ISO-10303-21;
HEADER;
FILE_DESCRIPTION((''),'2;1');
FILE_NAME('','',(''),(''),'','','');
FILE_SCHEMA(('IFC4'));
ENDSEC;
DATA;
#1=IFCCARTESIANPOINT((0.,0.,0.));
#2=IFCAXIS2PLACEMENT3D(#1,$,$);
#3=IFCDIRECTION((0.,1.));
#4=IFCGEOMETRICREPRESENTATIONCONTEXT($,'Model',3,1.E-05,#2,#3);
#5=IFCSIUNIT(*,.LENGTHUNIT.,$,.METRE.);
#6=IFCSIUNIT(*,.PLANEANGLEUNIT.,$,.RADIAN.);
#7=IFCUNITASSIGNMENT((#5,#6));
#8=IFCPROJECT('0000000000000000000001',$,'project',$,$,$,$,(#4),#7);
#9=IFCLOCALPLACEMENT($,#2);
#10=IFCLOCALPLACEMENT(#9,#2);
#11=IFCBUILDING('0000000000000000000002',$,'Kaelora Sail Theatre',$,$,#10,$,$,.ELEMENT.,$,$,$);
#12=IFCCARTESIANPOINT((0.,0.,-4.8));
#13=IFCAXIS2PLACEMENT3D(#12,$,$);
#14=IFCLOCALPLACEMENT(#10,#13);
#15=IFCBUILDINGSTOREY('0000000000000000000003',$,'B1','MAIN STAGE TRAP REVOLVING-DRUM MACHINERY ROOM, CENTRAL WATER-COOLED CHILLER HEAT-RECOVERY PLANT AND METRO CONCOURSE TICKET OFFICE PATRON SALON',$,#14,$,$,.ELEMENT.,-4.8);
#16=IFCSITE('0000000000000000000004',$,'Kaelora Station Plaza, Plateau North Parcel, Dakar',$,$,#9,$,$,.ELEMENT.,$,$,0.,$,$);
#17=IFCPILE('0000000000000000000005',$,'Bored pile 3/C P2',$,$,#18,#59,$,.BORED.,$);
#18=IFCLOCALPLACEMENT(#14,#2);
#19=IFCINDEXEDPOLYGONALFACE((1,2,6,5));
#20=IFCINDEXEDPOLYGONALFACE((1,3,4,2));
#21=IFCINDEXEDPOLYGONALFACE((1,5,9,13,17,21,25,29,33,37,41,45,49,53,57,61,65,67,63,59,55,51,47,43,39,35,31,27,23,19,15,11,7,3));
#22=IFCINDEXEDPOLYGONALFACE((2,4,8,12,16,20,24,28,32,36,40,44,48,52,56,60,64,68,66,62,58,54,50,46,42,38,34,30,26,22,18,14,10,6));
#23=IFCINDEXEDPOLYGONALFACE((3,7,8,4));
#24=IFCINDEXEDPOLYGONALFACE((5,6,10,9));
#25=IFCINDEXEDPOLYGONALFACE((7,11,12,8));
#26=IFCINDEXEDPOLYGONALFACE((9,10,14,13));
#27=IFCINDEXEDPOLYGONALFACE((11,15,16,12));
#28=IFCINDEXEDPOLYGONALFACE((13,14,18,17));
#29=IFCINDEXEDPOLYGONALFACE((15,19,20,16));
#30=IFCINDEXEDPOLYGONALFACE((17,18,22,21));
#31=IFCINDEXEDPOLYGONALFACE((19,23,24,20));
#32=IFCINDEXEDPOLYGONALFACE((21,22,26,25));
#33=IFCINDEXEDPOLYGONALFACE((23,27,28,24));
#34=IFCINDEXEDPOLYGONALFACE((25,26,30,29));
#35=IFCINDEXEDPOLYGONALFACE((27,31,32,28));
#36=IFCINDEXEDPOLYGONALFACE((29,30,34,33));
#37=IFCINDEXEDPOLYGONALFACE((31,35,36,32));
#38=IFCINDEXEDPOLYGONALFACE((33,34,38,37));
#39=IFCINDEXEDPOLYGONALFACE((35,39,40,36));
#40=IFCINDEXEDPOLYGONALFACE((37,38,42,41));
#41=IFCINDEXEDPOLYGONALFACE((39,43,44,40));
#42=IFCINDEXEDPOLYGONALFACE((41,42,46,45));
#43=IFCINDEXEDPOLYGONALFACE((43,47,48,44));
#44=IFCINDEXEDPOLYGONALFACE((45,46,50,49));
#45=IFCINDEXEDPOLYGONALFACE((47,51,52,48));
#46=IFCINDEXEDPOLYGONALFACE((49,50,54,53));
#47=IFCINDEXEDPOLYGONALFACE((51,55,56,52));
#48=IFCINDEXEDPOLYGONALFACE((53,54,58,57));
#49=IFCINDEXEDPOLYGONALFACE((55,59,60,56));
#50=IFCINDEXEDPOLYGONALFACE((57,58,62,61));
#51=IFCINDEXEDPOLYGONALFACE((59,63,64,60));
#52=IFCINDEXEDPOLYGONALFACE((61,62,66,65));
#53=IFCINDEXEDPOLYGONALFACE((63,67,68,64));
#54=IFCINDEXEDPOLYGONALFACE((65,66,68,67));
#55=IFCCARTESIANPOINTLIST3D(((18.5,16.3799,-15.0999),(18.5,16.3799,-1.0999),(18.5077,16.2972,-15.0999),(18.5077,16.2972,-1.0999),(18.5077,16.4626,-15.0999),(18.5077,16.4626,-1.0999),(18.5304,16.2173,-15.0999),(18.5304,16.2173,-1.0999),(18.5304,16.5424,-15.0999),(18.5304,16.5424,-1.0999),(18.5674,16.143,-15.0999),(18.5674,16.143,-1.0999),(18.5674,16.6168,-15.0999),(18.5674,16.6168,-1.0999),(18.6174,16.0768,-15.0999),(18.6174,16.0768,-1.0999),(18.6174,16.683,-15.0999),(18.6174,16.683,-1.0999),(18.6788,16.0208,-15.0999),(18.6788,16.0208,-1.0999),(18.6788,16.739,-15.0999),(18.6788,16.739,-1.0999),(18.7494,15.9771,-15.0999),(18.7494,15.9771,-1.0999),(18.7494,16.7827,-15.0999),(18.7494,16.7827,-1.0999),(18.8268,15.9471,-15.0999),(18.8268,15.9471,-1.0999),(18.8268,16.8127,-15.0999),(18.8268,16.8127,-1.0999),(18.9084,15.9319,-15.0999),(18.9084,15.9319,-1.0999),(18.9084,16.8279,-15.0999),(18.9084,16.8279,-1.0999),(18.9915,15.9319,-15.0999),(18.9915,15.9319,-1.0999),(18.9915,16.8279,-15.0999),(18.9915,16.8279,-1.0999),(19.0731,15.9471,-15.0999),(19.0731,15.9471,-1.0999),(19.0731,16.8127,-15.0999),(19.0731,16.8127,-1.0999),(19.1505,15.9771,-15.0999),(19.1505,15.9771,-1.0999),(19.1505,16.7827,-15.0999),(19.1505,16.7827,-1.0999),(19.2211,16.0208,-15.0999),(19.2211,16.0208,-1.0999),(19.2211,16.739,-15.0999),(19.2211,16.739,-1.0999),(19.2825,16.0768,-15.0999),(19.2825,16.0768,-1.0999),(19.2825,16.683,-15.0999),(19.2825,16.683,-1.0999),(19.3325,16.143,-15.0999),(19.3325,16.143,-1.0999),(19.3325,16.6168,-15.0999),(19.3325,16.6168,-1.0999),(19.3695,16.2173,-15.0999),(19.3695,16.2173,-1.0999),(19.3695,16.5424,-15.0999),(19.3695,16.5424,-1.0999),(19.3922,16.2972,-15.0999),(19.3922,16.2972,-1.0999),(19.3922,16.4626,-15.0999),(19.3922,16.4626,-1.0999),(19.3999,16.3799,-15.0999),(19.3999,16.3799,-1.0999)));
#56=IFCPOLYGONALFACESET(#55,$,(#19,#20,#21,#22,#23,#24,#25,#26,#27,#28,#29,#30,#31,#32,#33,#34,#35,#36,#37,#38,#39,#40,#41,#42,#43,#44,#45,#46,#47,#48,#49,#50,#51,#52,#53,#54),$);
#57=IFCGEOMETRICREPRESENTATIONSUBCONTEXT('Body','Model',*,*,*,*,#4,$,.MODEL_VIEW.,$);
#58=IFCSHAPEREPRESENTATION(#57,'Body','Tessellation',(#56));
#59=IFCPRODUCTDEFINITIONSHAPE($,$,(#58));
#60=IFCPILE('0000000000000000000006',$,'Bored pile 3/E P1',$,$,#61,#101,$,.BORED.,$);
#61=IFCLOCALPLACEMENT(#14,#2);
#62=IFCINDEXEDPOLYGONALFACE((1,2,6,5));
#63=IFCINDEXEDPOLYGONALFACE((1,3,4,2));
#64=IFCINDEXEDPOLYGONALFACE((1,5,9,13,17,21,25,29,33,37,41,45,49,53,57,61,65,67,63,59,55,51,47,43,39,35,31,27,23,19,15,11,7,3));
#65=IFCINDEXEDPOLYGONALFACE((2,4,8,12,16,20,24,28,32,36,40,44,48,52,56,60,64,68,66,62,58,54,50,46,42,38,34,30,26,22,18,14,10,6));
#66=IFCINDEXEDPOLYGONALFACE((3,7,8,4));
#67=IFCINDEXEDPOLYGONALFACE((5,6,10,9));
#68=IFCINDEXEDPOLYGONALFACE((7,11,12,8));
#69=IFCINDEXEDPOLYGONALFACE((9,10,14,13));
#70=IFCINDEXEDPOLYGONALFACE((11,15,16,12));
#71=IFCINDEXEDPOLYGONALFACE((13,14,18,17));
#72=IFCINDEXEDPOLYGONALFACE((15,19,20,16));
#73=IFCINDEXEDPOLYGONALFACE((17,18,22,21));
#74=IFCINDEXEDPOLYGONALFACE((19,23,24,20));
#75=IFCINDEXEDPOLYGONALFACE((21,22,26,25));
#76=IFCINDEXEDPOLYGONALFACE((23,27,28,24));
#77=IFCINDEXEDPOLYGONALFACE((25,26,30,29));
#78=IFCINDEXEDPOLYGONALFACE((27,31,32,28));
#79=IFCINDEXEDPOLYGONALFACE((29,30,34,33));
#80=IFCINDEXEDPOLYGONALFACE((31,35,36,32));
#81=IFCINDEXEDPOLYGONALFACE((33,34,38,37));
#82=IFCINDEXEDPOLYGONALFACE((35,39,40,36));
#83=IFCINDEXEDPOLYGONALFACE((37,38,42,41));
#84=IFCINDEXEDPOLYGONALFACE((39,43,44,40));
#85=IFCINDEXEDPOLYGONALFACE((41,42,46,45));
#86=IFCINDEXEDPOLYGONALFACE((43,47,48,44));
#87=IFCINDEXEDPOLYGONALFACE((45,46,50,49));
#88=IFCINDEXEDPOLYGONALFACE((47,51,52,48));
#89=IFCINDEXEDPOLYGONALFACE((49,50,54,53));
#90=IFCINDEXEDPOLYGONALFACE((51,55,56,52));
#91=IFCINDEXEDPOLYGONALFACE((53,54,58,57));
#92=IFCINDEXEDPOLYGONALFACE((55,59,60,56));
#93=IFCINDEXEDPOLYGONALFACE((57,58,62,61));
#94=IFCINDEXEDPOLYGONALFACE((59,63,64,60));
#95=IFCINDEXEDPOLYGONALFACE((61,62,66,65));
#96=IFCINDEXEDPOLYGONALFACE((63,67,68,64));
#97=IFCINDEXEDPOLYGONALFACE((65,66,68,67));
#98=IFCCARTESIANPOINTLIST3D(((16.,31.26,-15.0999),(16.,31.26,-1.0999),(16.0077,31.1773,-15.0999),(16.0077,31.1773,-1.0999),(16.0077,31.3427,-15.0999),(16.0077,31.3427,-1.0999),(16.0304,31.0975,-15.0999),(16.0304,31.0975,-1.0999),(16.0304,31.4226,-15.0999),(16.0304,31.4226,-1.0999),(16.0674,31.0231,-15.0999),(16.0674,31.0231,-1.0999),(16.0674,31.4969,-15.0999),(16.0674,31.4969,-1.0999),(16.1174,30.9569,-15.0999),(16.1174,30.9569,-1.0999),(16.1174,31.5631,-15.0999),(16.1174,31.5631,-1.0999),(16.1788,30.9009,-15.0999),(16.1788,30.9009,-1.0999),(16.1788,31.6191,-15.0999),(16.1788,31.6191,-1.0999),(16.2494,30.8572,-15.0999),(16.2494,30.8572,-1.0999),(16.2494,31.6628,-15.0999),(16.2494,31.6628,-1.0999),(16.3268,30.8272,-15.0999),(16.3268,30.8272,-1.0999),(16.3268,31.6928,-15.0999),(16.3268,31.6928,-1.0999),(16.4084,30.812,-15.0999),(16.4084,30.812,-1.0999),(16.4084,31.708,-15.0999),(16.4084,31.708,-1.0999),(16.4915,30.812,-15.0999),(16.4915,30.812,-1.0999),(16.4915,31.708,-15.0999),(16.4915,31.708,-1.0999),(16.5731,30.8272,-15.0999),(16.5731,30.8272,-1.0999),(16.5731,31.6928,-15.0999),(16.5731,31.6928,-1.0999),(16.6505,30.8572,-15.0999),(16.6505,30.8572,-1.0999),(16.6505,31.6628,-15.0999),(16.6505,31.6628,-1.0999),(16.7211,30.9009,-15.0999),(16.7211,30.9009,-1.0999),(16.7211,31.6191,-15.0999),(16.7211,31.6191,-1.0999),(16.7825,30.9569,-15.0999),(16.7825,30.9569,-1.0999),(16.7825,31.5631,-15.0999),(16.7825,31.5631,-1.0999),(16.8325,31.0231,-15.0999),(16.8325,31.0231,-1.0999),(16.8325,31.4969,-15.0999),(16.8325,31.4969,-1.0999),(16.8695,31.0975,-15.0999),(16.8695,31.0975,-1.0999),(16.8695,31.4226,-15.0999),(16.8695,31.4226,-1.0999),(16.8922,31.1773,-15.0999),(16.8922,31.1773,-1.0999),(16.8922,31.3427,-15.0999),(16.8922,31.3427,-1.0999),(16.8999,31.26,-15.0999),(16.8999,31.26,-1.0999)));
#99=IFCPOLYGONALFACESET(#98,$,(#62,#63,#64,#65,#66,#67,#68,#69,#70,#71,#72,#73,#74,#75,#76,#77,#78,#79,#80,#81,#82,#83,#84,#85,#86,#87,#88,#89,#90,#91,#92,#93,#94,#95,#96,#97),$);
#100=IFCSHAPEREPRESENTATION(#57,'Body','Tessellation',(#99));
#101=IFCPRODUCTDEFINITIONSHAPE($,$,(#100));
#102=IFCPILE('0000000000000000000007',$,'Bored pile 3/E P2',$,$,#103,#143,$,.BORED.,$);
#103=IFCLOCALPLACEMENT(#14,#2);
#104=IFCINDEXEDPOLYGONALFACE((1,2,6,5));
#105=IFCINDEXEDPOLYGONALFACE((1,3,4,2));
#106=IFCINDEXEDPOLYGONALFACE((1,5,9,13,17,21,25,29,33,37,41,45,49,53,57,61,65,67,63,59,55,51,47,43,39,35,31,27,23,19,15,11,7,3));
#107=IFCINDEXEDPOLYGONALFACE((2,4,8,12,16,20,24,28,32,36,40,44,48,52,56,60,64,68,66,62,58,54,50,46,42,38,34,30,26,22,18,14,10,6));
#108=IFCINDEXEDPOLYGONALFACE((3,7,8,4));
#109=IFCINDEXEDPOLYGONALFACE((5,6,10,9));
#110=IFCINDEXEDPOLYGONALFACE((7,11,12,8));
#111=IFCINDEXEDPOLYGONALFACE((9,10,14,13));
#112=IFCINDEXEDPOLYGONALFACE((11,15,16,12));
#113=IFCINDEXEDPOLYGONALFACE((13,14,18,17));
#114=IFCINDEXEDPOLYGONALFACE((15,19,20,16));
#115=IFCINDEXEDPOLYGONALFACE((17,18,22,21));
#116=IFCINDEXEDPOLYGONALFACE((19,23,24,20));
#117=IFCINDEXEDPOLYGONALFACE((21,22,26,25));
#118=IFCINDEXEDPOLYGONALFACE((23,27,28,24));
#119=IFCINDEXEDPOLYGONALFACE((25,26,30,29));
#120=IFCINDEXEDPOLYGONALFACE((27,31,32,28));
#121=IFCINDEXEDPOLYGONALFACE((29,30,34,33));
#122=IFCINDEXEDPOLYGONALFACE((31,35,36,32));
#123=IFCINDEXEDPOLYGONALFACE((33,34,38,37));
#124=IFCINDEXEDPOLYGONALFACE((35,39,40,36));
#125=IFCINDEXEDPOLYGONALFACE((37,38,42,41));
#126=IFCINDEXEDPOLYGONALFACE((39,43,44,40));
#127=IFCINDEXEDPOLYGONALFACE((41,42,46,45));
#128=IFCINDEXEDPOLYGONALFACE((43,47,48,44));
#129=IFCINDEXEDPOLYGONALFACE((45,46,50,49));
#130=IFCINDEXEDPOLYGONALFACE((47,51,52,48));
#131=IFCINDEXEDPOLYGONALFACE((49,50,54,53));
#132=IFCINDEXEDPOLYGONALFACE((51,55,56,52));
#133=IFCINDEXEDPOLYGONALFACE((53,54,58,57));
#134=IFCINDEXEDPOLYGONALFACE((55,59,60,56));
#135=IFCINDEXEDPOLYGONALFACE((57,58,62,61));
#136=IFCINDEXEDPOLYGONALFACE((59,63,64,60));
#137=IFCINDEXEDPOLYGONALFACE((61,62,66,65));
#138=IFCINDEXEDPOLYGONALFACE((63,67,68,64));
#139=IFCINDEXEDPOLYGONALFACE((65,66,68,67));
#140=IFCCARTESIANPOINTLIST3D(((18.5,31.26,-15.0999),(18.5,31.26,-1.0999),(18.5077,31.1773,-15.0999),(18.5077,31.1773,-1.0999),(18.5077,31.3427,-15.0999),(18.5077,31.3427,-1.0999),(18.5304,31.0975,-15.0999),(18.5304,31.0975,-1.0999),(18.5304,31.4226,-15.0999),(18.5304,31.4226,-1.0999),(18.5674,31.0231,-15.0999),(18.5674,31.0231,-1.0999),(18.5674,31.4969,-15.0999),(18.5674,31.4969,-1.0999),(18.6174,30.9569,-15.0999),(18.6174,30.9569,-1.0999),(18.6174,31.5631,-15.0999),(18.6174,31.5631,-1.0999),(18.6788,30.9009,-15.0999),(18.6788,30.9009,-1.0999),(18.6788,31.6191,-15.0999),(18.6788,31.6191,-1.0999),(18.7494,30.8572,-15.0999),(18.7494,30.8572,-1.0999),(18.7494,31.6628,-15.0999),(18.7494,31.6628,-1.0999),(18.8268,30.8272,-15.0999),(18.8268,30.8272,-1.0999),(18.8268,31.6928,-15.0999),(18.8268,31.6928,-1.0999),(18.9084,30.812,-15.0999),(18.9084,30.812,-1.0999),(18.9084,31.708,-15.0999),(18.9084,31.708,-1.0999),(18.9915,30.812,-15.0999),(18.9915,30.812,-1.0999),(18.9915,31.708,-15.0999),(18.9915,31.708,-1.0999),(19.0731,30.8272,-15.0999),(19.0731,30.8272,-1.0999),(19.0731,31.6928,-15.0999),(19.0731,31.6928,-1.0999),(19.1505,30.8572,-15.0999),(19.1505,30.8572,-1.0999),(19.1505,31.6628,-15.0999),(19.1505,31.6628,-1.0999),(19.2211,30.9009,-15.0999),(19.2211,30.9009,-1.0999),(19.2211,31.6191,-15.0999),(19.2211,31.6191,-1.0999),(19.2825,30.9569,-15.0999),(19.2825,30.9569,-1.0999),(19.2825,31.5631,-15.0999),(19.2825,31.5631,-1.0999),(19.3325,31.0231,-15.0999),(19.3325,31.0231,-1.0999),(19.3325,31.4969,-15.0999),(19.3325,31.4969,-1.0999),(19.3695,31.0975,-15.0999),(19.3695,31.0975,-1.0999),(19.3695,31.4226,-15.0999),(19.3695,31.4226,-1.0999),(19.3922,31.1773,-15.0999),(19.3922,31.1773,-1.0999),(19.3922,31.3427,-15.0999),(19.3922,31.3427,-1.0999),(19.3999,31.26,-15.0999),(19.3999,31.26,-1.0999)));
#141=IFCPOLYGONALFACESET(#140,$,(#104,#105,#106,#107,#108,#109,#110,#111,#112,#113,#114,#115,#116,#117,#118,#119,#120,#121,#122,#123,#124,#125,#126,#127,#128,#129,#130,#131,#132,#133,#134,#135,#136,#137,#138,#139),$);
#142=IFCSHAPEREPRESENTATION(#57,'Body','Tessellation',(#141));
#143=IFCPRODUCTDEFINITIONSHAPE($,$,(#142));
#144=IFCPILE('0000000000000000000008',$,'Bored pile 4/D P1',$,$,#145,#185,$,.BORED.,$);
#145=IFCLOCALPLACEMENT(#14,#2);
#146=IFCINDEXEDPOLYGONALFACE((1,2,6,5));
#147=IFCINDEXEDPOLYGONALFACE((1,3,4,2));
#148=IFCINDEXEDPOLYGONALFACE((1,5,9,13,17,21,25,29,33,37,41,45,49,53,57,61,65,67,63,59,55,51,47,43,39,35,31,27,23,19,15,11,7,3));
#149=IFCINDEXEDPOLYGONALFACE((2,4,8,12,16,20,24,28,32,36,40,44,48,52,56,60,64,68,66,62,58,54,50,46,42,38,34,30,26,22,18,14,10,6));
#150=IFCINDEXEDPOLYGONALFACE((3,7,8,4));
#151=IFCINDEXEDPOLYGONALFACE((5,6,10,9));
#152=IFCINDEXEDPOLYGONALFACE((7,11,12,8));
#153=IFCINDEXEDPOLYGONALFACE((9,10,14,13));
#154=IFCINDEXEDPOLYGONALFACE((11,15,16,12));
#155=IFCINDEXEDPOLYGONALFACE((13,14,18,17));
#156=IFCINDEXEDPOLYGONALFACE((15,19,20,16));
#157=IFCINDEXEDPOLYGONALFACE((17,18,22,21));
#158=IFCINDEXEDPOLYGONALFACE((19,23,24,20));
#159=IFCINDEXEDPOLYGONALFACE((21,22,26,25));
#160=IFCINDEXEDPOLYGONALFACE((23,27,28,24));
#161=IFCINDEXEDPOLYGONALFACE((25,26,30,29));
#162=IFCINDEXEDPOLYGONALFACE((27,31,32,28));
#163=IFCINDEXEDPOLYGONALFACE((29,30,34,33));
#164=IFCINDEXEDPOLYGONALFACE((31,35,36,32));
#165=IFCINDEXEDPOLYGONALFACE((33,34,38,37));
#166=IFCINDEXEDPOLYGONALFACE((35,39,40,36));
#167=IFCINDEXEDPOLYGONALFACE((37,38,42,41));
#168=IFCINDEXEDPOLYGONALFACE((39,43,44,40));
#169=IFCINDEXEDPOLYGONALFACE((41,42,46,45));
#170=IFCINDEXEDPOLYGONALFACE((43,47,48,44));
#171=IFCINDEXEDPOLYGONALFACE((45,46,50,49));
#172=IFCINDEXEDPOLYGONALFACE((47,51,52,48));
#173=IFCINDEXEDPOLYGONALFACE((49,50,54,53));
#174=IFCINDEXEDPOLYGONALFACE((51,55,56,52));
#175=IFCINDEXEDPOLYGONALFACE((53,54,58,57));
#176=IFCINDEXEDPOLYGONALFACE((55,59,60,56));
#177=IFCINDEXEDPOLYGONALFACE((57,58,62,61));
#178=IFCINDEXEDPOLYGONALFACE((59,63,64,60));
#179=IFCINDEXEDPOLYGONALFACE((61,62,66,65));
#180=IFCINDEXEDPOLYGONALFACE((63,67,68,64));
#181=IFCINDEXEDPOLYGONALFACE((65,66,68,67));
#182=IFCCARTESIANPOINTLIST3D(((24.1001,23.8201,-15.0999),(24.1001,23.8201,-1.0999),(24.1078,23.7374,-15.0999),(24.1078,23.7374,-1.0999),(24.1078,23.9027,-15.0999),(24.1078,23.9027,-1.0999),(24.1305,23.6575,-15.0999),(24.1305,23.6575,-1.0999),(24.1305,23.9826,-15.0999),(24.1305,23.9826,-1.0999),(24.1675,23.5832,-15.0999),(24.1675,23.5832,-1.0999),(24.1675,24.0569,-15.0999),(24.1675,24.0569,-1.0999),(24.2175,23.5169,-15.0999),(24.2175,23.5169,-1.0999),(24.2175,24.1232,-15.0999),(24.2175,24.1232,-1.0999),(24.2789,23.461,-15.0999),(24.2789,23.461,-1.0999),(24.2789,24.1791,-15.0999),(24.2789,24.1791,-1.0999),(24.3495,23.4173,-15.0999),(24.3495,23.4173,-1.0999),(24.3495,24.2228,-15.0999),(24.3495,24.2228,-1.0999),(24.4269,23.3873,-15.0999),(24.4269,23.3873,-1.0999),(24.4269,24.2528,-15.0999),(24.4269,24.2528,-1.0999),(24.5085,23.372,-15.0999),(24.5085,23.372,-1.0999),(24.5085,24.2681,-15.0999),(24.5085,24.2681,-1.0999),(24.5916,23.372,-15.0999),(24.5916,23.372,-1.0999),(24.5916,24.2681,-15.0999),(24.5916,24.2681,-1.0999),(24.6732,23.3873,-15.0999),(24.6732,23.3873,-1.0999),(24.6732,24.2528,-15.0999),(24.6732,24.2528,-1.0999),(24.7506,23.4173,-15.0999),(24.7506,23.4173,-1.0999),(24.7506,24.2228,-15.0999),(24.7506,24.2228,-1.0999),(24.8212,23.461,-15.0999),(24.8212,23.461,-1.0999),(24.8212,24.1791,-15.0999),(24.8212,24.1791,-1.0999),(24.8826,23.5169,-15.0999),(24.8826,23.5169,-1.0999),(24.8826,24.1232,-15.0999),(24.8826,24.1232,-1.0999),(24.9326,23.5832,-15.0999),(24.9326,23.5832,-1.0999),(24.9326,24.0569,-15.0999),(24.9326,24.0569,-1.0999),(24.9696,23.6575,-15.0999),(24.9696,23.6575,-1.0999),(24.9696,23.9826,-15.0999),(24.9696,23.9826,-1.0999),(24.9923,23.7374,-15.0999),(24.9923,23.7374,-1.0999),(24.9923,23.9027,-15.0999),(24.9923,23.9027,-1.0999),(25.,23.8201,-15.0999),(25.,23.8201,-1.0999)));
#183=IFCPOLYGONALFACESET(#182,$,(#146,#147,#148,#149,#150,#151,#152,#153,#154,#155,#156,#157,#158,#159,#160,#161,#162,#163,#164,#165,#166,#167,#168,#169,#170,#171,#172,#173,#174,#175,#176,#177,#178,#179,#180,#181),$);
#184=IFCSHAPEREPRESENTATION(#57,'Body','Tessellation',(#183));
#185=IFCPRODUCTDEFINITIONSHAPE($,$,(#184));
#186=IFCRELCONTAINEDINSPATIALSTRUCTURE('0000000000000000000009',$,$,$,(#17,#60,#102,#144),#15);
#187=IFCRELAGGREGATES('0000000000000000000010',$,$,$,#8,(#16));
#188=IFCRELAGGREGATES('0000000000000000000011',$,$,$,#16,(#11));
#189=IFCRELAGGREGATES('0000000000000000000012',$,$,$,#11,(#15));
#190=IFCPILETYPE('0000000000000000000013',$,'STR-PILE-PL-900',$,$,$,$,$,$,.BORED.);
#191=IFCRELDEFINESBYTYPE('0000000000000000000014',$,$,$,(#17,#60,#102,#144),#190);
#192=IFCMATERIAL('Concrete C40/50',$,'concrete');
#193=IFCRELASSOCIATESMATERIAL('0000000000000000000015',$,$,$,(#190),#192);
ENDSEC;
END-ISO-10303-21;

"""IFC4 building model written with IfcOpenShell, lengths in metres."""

from ifc_helpers import new_model, si_unit, direction, frame, origin, origin_2d, place, context, subcontext, project, spatial, circle, extrude, material, material_profile, profile_set, type_object, element, save


model = new_model("IFC4")

# Units and contexts
model_context = context("Model", 3, precision=1e-05, world=origin(), true_north=direction((0.0, 1.0)))
body_context = subcontext(model_context, "Body", "Model", "MODEL_VIEW")
ifc_project = project(units=[si_unit("LENGTHUNIT", "METRE"), si_unit("PLANEANGLEUNIT", "RADIAN")], contexts=[model_context])

# Site, building, storey
site_placement = place(None, origin())
site = spatial("IfcSite", under=ifc_project, at=site_placement, Name="Kaelora Station Plaza, Plateau North Parcel, Dakar", CompositionType="ELEMENT", RefElevation=0.0)
building_placement = place(site_placement, origin())
building = spatial("IfcBuilding", under=site, at=building_placement, Name="Kaelora Sail Theatre", CompositionType="ELEMENT")
storey_placement = place(building_placement, frame((0.0, 0.0, -4.8)))
storey = spatial("IfcBuildingStorey", under=building, at=storey_placement, Name="B1", Description="MAIN STAGE TRAP REVOLVING-DRUM MACHINERY ROOM, CENTRAL WATER-COOLED CHILLER HEAT-RECOVERY PLANT AND METRO CONCOURSE TICKET OFFICE PATRON SALON", CompositionType="ELEMENT", Elevation=-4.8)

# Piles
ifc_material_1 = material(Name="Concrete C40/50", Category="concrete")
ifc_material_profile_1 = material_profile(ifc_material_1, circle(Radius=0.45, at=origin_2d()), Name="PILE D900")
ifc_profile_set_1 = profile_set([ifc_material_profile_1], Name="Concrete C40/50")
pile_type = type_object("IfcPileType", Name="STR-PILE-PL-900", PredefinedType="BORED", material=ifc_profile_set_1)
for number, where, z_axis, x_axis, name in (
    (1, (18.95, 16.3799, -1.0999), (0.0, 0.0, -1.0), (1.0, 0.0, 0.0), "Bored pile 3/C P2"),
    (2, (16.45, 31.26, -1.0999), (0.0, 0.0, -1.0), (1.0, 0.0, 0.0), "Bored pile 3/E P1"),
    (3, (18.95, 31.26, -1.0999), (0.0, 0.0, -1.0), (1.0, 0.0, 0.0), "Bored pile 3/E P2"),
    (4, (24.55, 23.8201, -1.0999), (0.0, 0.0, -1.0), (1.0, 0.0, 0.0), "Bored pile 4/D P1"),
):
    element("IfcPile", number, at=place(storey_placement, frame(where, z_axis=z_axis, x_axis=x_axis)), inside=storey, type_object=pile_type, Name=name, PredefinedType="BORED", context=body_context, shape_type="SweptSolid", body=[
        extrude(circle(Radius=0.45, at=origin_2d()), origin(), (0.0, 0.0, 1.0), 14.0),
    ])

save(model, "model.ifc")
